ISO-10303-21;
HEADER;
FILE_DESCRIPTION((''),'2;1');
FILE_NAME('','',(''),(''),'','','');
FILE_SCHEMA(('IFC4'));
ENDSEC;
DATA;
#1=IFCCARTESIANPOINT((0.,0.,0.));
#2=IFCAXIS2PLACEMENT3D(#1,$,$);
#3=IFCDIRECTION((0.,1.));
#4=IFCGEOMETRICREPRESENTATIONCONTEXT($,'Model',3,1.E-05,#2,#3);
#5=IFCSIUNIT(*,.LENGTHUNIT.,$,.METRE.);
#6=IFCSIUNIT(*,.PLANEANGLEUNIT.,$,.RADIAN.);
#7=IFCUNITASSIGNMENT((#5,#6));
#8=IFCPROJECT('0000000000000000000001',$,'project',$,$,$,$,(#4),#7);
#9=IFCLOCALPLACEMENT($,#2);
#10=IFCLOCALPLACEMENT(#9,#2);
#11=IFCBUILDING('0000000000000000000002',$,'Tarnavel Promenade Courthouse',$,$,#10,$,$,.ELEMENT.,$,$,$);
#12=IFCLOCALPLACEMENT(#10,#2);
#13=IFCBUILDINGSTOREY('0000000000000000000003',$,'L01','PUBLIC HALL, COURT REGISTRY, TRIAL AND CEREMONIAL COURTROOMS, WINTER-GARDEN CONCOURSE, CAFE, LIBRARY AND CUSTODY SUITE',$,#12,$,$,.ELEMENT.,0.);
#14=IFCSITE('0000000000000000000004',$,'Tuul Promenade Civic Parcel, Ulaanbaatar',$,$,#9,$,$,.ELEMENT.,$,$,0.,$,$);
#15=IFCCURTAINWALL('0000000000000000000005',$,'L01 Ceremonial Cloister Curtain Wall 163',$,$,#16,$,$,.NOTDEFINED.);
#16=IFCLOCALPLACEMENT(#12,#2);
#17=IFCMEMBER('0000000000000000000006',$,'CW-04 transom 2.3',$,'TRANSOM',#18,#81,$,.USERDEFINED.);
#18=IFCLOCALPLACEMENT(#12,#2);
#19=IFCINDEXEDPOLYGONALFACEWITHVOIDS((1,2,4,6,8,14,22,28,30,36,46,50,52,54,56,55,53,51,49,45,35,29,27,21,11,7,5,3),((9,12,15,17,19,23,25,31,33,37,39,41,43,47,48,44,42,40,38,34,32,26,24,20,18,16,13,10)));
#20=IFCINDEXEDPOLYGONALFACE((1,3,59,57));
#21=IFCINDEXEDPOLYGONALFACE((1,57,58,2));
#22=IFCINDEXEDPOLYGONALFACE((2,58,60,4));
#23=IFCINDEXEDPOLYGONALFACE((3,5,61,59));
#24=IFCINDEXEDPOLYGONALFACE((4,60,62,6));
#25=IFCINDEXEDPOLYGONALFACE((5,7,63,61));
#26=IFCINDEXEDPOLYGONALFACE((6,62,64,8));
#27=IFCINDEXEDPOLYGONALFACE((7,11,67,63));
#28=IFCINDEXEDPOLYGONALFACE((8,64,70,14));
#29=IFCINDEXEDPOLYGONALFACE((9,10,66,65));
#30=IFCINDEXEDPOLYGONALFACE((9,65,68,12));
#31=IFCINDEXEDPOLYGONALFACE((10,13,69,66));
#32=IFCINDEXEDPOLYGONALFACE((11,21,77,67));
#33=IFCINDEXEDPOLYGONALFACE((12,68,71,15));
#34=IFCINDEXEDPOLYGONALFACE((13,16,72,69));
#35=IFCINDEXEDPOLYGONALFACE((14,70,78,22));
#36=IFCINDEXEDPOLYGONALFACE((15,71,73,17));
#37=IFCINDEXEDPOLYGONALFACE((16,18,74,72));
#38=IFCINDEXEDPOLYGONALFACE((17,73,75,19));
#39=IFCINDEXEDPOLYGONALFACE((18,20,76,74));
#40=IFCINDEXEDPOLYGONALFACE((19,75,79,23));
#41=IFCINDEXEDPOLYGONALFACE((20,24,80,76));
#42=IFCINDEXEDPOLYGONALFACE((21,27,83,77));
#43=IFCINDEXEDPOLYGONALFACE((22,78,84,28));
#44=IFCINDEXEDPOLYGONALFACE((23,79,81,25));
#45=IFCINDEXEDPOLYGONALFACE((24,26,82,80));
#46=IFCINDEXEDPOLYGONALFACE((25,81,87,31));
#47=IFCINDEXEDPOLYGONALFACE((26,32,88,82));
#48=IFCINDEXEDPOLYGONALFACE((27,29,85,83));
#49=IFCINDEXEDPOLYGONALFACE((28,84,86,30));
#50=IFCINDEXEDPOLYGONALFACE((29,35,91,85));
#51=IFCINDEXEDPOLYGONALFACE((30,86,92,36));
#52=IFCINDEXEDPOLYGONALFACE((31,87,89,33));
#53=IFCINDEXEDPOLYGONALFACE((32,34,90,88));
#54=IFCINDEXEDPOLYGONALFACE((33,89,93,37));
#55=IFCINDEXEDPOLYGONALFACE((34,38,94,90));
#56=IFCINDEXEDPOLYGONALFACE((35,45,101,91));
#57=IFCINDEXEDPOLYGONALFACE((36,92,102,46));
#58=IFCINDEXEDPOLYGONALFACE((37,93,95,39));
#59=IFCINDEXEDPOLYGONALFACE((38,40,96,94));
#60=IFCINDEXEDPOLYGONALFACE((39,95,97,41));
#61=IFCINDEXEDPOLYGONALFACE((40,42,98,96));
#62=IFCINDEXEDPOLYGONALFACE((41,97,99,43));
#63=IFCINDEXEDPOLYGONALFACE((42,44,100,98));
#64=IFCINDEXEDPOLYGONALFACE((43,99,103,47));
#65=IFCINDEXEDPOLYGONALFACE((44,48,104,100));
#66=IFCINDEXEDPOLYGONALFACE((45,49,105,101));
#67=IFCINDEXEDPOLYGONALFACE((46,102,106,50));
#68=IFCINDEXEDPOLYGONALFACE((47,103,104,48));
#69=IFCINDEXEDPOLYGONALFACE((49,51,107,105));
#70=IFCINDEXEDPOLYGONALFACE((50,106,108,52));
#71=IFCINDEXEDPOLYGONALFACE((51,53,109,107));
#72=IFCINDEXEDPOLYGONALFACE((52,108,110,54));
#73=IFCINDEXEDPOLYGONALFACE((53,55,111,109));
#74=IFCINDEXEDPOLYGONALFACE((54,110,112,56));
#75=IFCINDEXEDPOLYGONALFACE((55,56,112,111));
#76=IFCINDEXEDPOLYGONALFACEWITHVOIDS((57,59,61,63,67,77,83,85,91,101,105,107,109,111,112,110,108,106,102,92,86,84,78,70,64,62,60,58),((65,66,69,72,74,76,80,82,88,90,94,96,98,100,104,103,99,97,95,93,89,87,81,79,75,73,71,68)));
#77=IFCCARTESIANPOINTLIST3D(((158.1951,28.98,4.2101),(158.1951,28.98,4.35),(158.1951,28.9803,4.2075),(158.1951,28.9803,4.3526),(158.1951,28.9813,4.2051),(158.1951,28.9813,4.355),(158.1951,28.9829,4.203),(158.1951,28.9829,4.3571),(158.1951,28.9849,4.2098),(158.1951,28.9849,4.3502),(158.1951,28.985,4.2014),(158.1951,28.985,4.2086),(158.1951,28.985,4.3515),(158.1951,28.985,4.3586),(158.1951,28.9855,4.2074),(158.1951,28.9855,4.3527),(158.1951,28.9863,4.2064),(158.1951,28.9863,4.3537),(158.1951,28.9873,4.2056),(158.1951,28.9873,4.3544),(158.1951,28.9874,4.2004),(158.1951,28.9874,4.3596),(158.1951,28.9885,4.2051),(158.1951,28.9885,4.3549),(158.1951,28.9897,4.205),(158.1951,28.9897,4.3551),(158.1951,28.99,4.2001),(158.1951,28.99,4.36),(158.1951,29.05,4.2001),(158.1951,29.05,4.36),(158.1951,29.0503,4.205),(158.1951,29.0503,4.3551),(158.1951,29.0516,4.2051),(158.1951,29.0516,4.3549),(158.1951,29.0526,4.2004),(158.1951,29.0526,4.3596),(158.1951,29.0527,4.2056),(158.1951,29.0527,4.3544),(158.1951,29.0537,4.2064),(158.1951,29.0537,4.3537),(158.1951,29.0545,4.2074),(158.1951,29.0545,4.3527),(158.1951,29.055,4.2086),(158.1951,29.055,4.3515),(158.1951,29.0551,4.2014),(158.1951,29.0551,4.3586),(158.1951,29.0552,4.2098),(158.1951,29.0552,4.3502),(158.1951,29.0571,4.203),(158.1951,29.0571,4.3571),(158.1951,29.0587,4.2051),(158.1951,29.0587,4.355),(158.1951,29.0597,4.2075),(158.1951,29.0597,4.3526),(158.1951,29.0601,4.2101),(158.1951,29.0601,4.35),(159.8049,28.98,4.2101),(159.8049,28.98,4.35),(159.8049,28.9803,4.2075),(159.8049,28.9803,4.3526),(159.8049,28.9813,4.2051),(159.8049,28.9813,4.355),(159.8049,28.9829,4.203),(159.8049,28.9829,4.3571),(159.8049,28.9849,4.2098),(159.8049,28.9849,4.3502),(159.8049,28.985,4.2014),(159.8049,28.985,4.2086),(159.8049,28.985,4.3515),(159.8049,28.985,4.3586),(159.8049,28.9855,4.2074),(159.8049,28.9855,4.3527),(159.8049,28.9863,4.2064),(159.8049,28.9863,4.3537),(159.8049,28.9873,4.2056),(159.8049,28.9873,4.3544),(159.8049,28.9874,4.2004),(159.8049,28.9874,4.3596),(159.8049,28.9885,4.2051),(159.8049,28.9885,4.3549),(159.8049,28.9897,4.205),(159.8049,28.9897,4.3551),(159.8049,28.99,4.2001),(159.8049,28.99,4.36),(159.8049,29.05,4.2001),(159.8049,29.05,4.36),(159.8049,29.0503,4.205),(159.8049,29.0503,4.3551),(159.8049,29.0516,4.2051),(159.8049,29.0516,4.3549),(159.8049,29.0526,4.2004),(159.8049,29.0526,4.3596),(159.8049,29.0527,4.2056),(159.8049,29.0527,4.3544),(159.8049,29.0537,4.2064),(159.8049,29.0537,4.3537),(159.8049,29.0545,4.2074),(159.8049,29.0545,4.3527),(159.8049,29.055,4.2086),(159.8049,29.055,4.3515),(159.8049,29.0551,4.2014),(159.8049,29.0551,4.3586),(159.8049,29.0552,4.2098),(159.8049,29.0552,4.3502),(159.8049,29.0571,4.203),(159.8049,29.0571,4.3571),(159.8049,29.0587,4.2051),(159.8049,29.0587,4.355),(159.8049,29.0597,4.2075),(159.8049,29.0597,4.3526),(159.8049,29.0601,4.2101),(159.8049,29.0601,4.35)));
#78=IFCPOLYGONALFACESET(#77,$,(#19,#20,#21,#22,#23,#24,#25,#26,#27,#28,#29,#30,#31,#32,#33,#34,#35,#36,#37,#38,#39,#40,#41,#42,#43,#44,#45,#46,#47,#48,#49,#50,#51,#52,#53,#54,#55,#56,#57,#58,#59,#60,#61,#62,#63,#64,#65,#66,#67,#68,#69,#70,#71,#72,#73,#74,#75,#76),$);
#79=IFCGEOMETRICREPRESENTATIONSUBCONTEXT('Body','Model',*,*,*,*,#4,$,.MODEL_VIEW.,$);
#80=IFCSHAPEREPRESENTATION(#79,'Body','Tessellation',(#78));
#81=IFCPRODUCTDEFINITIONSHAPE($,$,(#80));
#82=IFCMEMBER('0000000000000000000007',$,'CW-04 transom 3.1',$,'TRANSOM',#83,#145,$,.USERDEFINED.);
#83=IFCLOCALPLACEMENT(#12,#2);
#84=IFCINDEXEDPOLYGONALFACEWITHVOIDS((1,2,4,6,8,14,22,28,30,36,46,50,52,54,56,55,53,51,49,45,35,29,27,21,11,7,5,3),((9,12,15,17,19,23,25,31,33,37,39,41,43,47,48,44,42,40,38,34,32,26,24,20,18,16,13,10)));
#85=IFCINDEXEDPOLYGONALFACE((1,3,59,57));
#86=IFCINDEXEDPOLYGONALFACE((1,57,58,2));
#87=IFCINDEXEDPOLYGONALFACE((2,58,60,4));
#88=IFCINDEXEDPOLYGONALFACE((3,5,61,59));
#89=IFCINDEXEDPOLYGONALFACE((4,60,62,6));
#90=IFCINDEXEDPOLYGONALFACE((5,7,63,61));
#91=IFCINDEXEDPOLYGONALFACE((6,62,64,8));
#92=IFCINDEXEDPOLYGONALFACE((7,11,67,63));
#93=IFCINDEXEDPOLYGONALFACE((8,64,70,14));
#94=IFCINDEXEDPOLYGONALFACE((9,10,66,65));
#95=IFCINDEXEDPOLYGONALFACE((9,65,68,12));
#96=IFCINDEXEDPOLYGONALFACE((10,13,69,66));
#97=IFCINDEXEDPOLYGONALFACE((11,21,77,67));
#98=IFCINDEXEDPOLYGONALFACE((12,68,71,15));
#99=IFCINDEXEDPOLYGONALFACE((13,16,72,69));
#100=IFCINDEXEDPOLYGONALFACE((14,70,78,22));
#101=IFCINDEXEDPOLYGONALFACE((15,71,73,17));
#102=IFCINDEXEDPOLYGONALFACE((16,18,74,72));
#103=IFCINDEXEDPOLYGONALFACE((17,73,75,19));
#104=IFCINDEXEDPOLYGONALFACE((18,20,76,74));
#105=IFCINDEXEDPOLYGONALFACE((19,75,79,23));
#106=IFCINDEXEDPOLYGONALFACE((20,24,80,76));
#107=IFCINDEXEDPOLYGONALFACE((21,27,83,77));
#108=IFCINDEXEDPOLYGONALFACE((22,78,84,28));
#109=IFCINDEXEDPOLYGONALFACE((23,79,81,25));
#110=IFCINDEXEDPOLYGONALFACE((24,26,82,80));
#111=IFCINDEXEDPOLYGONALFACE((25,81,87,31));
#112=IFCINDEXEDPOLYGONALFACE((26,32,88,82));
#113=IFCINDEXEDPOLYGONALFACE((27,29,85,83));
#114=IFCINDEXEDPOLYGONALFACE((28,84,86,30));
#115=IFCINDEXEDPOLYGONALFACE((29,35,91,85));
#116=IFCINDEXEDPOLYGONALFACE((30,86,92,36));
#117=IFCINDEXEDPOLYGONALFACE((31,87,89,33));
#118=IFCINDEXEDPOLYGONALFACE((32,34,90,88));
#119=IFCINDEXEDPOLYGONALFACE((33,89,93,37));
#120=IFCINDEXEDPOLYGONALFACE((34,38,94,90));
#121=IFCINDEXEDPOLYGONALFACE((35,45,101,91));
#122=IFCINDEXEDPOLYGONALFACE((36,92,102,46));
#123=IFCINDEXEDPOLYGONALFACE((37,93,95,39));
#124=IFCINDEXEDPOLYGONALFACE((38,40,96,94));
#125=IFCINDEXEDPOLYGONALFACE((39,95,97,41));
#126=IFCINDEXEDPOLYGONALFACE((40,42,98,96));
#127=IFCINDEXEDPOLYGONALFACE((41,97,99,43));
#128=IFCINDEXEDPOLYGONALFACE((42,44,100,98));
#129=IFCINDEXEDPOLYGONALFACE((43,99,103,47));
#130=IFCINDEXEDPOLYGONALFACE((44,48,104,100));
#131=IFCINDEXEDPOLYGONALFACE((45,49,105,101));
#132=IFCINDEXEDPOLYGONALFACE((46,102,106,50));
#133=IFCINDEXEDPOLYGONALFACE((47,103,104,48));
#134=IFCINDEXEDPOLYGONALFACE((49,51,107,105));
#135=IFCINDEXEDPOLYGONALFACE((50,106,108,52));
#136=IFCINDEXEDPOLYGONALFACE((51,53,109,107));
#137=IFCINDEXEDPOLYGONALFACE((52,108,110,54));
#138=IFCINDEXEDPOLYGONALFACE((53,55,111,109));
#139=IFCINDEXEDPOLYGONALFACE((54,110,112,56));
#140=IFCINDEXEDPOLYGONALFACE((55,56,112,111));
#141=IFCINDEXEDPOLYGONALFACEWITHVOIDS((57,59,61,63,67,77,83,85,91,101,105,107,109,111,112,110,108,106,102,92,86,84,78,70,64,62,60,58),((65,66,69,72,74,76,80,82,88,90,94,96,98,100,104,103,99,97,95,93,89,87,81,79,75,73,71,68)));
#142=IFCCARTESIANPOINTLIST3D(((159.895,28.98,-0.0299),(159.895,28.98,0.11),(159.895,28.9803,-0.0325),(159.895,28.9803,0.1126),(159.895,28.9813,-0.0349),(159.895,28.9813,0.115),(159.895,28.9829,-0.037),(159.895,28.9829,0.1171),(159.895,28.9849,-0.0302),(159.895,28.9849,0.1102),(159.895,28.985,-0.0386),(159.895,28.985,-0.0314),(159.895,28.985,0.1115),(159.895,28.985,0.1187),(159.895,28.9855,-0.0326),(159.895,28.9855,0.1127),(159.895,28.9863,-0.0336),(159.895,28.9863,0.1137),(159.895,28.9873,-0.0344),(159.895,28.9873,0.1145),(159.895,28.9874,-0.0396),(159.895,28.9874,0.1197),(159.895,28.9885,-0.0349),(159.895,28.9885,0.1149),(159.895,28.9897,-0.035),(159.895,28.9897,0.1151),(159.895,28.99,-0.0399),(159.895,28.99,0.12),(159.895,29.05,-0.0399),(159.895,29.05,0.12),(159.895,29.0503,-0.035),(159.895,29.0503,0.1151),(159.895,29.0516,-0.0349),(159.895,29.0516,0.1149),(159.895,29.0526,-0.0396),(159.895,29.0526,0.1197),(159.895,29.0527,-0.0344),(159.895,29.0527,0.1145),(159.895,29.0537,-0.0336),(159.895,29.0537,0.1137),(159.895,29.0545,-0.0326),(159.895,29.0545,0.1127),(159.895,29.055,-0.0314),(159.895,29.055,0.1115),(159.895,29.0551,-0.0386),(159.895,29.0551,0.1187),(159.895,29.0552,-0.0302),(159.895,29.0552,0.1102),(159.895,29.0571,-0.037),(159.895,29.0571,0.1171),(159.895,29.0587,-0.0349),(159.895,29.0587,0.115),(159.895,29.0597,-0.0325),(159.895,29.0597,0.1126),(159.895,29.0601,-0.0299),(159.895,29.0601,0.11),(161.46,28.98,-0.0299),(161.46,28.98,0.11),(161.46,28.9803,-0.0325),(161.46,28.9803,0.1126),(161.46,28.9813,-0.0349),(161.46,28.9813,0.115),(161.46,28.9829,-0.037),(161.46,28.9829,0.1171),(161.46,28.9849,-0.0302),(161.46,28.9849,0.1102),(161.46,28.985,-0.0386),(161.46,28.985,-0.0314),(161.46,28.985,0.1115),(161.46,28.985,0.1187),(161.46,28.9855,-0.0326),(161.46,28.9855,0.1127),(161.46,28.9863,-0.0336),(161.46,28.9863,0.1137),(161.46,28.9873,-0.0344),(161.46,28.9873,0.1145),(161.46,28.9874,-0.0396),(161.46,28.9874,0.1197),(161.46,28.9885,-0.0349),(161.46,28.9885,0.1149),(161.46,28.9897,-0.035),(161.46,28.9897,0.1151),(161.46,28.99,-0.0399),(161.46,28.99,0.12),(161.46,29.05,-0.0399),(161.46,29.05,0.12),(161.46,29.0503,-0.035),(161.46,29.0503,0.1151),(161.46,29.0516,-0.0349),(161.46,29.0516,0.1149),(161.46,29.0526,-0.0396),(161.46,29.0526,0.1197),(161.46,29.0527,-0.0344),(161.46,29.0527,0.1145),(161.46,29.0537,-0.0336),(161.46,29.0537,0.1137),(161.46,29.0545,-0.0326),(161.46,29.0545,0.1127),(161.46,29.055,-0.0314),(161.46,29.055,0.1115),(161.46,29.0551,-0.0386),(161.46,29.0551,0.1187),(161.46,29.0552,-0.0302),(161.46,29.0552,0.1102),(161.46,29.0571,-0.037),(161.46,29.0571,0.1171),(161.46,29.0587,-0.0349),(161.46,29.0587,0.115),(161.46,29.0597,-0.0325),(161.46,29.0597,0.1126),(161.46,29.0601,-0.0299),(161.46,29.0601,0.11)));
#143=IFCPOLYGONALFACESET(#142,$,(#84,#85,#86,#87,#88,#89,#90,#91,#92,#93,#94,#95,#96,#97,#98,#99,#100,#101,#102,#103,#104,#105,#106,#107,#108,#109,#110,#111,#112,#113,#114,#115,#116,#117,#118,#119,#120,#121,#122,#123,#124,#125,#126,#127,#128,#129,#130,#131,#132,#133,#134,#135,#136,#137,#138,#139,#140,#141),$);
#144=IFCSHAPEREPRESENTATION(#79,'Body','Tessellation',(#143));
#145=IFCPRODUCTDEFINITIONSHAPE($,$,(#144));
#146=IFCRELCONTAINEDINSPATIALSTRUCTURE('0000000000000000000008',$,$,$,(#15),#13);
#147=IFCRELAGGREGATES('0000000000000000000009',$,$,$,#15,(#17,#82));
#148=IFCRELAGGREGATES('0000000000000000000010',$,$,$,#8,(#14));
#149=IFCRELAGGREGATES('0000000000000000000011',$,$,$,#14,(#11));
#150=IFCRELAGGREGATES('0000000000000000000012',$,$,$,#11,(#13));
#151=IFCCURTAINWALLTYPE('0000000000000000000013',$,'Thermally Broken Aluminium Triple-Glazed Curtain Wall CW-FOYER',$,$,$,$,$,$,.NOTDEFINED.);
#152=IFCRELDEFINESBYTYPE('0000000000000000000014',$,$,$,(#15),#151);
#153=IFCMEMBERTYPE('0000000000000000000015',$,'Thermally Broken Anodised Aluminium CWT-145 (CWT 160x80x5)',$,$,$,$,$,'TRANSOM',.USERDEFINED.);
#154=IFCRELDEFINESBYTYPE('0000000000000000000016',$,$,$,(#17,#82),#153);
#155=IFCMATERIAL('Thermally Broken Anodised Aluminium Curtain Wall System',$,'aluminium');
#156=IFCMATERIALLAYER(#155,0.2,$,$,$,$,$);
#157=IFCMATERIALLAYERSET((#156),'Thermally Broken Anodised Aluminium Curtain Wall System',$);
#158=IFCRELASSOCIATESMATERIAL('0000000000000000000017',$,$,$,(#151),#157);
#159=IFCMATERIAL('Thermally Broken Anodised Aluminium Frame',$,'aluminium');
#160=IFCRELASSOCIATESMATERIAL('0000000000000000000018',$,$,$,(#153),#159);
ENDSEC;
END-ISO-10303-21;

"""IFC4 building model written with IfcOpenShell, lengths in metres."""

from ifc_helpers import new_model, si_unit, direction, frame, origin, origin_2d, place, context, subcontext, project, spatial, hollow_rectangle, extrude, material, layer, layer_set, material_profile, profile_set, type_object, element, aggregate, save


model = new_model("IFC4")

# Units and contexts
model_context = context("Model", 3, precision=1e-05, world=origin(), true_north=direction((0.0, 1.0)))
body_context = subcontext(model_context, "Body", "Model", "MODEL_VIEW")
ifc_project = project(units=[si_unit("LENGTHUNIT", "METRE"), si_unit("PLANEANGLEUNIT", "RADIAN")], contexts=[model_context])

# Site, building, storey
site_placement = place(None, origin())
site = spatial("IfcSite", under=ifc_project, at=site_placement, Name="Tuul Promenade Civic Parcel, Ulaanbaatar", CompositionType="ELEMENT", RefElevation=0.0)
building_placement = place(site_placement, origin())
building = spatial("IfcBuilding", under=site, at=building_placement, Name="Tarnavel Promenade Courthouse", CompositionType="ELEMENT")
storey_placement = place(building_placement, origin())
storey = spatial("IfcBuildingStorey", under=building, at=storey_placement, Name="L01", Description="PUBLIC HALL, COURT REGISTRY, TRIAL AND CEREMONIAL COURTROOMS, WINTER-GARDEN CONCOURSE, CAFE, LIBRARY AND CUSTODY SUITE", CompositionType="ELEMENT", Elevation=0.0)

# Shared definitions
ifc_material_1 = material(Name="Thermally Broken Anodised Aluminium Curtain Wall System", Category="aluminium")
ifc_layer_1 = layer(ifc_material_1, 0.2)
ifc_layer_set_1 = layer_set([ifc_layer_1], Name="Thermally Broken Anodised Aluminium Curtain Wall System")
curtain_wall_type = type_object("IfcCurtainWallType", Name="Thermally Broken Aluminium Triple-Glazed Curtain Wall CW-FOYER", PredefinedType="NOTDEFINED", material=ifc_layer_set_1)
ifc_material_2 = material(Name="Thermally Broken Anodised Aluminium Frame", Category="aluminium")

# Curtain wall, members
curtain_wall_1_placement = place(storey_placement, origin())
curtain_wall_1 = element("IfcCurtainWall", 1, at=curtain_wall_1_placement, inside=storey, type_object=curtain_wall_type, Name="L01 Ceremonial Cloister Curtain Wall 163", PredefinedType="NOTDEFINED")
ifc_material_profile_1 = material_profile(ifc_material_2, hollow_rectangle(XDim=0.0801, YDim=0.1599, WallThickness=0.0049, InnerFilletRadius=0.0049, OuterFilletRadius=0.01, at=origin_2d()), Name="CWT 160x80x5")
ifc_profile_set_1 = profile_set([ifc_material_profile_1], Name="Thermally Broken Anodised Aluminium Frame")
member_type_1 = type_object("IfcMemberType", Name="Thermally Broken Anodised Aluminium CWT-145 (CWT 160x80x5)", ElementType="TRANSOM", PredefinedType="USERDEFINED", material=ifc_profile_set_1)
member_1_placement = place(storey_placement, frame((158.1951, 29.02, 4.28), z_axis=(1.0, 0.0, 0.0), x_axis=(0.0, 1.0, 0.0)))
member_1 = element("IfcMember", 2, at=member_1_placement, type_object=member_type_1, Name="CW-04 transom 2.3", ObjectType="TRANSOM", PredefinedType="USERDEFINED", context=body_context, shape_type="SweptSolid", body=[
    extrude(hollow_rectangle(XDim=0.0801, YDim=0.1599, WallThickness=0.0049, InnerFilletRadius=0.0049, OuterFilletRadius=0.01, at=origin_2d()), origin(), (0.0, 0.0, 1.0), 1.6099),
])
member_2_placement = place(storey_placement, frame((159.895, 29.02, 0.04), z_axis=(1.0, 0.0, 0.0), x_axis=(0.0, 1.0, 0.0)))
member_2 = element("IfcMember", 3, at=member_2_placement, type_object=member_type_1, Name="CW-04 transom 3.1", ObjectType="TRANSOM", PredefinedType="USERDEFINED", context=body_context, shape_type="SweptSolid", body=[
    extrude(hollow_rectangle(XDim=0.0801, YDim=0.1599, WallThickness=0.0049, InnerFilletRadius=0.0049, OuterFilletRadius=0.01, at=origin_2d()), origin(), (0.0, 0.0, 1.0), 1.5649),
])
aggregate(curtain_wall_1, [member_1, member_2])

save(model, "model.ifc")
